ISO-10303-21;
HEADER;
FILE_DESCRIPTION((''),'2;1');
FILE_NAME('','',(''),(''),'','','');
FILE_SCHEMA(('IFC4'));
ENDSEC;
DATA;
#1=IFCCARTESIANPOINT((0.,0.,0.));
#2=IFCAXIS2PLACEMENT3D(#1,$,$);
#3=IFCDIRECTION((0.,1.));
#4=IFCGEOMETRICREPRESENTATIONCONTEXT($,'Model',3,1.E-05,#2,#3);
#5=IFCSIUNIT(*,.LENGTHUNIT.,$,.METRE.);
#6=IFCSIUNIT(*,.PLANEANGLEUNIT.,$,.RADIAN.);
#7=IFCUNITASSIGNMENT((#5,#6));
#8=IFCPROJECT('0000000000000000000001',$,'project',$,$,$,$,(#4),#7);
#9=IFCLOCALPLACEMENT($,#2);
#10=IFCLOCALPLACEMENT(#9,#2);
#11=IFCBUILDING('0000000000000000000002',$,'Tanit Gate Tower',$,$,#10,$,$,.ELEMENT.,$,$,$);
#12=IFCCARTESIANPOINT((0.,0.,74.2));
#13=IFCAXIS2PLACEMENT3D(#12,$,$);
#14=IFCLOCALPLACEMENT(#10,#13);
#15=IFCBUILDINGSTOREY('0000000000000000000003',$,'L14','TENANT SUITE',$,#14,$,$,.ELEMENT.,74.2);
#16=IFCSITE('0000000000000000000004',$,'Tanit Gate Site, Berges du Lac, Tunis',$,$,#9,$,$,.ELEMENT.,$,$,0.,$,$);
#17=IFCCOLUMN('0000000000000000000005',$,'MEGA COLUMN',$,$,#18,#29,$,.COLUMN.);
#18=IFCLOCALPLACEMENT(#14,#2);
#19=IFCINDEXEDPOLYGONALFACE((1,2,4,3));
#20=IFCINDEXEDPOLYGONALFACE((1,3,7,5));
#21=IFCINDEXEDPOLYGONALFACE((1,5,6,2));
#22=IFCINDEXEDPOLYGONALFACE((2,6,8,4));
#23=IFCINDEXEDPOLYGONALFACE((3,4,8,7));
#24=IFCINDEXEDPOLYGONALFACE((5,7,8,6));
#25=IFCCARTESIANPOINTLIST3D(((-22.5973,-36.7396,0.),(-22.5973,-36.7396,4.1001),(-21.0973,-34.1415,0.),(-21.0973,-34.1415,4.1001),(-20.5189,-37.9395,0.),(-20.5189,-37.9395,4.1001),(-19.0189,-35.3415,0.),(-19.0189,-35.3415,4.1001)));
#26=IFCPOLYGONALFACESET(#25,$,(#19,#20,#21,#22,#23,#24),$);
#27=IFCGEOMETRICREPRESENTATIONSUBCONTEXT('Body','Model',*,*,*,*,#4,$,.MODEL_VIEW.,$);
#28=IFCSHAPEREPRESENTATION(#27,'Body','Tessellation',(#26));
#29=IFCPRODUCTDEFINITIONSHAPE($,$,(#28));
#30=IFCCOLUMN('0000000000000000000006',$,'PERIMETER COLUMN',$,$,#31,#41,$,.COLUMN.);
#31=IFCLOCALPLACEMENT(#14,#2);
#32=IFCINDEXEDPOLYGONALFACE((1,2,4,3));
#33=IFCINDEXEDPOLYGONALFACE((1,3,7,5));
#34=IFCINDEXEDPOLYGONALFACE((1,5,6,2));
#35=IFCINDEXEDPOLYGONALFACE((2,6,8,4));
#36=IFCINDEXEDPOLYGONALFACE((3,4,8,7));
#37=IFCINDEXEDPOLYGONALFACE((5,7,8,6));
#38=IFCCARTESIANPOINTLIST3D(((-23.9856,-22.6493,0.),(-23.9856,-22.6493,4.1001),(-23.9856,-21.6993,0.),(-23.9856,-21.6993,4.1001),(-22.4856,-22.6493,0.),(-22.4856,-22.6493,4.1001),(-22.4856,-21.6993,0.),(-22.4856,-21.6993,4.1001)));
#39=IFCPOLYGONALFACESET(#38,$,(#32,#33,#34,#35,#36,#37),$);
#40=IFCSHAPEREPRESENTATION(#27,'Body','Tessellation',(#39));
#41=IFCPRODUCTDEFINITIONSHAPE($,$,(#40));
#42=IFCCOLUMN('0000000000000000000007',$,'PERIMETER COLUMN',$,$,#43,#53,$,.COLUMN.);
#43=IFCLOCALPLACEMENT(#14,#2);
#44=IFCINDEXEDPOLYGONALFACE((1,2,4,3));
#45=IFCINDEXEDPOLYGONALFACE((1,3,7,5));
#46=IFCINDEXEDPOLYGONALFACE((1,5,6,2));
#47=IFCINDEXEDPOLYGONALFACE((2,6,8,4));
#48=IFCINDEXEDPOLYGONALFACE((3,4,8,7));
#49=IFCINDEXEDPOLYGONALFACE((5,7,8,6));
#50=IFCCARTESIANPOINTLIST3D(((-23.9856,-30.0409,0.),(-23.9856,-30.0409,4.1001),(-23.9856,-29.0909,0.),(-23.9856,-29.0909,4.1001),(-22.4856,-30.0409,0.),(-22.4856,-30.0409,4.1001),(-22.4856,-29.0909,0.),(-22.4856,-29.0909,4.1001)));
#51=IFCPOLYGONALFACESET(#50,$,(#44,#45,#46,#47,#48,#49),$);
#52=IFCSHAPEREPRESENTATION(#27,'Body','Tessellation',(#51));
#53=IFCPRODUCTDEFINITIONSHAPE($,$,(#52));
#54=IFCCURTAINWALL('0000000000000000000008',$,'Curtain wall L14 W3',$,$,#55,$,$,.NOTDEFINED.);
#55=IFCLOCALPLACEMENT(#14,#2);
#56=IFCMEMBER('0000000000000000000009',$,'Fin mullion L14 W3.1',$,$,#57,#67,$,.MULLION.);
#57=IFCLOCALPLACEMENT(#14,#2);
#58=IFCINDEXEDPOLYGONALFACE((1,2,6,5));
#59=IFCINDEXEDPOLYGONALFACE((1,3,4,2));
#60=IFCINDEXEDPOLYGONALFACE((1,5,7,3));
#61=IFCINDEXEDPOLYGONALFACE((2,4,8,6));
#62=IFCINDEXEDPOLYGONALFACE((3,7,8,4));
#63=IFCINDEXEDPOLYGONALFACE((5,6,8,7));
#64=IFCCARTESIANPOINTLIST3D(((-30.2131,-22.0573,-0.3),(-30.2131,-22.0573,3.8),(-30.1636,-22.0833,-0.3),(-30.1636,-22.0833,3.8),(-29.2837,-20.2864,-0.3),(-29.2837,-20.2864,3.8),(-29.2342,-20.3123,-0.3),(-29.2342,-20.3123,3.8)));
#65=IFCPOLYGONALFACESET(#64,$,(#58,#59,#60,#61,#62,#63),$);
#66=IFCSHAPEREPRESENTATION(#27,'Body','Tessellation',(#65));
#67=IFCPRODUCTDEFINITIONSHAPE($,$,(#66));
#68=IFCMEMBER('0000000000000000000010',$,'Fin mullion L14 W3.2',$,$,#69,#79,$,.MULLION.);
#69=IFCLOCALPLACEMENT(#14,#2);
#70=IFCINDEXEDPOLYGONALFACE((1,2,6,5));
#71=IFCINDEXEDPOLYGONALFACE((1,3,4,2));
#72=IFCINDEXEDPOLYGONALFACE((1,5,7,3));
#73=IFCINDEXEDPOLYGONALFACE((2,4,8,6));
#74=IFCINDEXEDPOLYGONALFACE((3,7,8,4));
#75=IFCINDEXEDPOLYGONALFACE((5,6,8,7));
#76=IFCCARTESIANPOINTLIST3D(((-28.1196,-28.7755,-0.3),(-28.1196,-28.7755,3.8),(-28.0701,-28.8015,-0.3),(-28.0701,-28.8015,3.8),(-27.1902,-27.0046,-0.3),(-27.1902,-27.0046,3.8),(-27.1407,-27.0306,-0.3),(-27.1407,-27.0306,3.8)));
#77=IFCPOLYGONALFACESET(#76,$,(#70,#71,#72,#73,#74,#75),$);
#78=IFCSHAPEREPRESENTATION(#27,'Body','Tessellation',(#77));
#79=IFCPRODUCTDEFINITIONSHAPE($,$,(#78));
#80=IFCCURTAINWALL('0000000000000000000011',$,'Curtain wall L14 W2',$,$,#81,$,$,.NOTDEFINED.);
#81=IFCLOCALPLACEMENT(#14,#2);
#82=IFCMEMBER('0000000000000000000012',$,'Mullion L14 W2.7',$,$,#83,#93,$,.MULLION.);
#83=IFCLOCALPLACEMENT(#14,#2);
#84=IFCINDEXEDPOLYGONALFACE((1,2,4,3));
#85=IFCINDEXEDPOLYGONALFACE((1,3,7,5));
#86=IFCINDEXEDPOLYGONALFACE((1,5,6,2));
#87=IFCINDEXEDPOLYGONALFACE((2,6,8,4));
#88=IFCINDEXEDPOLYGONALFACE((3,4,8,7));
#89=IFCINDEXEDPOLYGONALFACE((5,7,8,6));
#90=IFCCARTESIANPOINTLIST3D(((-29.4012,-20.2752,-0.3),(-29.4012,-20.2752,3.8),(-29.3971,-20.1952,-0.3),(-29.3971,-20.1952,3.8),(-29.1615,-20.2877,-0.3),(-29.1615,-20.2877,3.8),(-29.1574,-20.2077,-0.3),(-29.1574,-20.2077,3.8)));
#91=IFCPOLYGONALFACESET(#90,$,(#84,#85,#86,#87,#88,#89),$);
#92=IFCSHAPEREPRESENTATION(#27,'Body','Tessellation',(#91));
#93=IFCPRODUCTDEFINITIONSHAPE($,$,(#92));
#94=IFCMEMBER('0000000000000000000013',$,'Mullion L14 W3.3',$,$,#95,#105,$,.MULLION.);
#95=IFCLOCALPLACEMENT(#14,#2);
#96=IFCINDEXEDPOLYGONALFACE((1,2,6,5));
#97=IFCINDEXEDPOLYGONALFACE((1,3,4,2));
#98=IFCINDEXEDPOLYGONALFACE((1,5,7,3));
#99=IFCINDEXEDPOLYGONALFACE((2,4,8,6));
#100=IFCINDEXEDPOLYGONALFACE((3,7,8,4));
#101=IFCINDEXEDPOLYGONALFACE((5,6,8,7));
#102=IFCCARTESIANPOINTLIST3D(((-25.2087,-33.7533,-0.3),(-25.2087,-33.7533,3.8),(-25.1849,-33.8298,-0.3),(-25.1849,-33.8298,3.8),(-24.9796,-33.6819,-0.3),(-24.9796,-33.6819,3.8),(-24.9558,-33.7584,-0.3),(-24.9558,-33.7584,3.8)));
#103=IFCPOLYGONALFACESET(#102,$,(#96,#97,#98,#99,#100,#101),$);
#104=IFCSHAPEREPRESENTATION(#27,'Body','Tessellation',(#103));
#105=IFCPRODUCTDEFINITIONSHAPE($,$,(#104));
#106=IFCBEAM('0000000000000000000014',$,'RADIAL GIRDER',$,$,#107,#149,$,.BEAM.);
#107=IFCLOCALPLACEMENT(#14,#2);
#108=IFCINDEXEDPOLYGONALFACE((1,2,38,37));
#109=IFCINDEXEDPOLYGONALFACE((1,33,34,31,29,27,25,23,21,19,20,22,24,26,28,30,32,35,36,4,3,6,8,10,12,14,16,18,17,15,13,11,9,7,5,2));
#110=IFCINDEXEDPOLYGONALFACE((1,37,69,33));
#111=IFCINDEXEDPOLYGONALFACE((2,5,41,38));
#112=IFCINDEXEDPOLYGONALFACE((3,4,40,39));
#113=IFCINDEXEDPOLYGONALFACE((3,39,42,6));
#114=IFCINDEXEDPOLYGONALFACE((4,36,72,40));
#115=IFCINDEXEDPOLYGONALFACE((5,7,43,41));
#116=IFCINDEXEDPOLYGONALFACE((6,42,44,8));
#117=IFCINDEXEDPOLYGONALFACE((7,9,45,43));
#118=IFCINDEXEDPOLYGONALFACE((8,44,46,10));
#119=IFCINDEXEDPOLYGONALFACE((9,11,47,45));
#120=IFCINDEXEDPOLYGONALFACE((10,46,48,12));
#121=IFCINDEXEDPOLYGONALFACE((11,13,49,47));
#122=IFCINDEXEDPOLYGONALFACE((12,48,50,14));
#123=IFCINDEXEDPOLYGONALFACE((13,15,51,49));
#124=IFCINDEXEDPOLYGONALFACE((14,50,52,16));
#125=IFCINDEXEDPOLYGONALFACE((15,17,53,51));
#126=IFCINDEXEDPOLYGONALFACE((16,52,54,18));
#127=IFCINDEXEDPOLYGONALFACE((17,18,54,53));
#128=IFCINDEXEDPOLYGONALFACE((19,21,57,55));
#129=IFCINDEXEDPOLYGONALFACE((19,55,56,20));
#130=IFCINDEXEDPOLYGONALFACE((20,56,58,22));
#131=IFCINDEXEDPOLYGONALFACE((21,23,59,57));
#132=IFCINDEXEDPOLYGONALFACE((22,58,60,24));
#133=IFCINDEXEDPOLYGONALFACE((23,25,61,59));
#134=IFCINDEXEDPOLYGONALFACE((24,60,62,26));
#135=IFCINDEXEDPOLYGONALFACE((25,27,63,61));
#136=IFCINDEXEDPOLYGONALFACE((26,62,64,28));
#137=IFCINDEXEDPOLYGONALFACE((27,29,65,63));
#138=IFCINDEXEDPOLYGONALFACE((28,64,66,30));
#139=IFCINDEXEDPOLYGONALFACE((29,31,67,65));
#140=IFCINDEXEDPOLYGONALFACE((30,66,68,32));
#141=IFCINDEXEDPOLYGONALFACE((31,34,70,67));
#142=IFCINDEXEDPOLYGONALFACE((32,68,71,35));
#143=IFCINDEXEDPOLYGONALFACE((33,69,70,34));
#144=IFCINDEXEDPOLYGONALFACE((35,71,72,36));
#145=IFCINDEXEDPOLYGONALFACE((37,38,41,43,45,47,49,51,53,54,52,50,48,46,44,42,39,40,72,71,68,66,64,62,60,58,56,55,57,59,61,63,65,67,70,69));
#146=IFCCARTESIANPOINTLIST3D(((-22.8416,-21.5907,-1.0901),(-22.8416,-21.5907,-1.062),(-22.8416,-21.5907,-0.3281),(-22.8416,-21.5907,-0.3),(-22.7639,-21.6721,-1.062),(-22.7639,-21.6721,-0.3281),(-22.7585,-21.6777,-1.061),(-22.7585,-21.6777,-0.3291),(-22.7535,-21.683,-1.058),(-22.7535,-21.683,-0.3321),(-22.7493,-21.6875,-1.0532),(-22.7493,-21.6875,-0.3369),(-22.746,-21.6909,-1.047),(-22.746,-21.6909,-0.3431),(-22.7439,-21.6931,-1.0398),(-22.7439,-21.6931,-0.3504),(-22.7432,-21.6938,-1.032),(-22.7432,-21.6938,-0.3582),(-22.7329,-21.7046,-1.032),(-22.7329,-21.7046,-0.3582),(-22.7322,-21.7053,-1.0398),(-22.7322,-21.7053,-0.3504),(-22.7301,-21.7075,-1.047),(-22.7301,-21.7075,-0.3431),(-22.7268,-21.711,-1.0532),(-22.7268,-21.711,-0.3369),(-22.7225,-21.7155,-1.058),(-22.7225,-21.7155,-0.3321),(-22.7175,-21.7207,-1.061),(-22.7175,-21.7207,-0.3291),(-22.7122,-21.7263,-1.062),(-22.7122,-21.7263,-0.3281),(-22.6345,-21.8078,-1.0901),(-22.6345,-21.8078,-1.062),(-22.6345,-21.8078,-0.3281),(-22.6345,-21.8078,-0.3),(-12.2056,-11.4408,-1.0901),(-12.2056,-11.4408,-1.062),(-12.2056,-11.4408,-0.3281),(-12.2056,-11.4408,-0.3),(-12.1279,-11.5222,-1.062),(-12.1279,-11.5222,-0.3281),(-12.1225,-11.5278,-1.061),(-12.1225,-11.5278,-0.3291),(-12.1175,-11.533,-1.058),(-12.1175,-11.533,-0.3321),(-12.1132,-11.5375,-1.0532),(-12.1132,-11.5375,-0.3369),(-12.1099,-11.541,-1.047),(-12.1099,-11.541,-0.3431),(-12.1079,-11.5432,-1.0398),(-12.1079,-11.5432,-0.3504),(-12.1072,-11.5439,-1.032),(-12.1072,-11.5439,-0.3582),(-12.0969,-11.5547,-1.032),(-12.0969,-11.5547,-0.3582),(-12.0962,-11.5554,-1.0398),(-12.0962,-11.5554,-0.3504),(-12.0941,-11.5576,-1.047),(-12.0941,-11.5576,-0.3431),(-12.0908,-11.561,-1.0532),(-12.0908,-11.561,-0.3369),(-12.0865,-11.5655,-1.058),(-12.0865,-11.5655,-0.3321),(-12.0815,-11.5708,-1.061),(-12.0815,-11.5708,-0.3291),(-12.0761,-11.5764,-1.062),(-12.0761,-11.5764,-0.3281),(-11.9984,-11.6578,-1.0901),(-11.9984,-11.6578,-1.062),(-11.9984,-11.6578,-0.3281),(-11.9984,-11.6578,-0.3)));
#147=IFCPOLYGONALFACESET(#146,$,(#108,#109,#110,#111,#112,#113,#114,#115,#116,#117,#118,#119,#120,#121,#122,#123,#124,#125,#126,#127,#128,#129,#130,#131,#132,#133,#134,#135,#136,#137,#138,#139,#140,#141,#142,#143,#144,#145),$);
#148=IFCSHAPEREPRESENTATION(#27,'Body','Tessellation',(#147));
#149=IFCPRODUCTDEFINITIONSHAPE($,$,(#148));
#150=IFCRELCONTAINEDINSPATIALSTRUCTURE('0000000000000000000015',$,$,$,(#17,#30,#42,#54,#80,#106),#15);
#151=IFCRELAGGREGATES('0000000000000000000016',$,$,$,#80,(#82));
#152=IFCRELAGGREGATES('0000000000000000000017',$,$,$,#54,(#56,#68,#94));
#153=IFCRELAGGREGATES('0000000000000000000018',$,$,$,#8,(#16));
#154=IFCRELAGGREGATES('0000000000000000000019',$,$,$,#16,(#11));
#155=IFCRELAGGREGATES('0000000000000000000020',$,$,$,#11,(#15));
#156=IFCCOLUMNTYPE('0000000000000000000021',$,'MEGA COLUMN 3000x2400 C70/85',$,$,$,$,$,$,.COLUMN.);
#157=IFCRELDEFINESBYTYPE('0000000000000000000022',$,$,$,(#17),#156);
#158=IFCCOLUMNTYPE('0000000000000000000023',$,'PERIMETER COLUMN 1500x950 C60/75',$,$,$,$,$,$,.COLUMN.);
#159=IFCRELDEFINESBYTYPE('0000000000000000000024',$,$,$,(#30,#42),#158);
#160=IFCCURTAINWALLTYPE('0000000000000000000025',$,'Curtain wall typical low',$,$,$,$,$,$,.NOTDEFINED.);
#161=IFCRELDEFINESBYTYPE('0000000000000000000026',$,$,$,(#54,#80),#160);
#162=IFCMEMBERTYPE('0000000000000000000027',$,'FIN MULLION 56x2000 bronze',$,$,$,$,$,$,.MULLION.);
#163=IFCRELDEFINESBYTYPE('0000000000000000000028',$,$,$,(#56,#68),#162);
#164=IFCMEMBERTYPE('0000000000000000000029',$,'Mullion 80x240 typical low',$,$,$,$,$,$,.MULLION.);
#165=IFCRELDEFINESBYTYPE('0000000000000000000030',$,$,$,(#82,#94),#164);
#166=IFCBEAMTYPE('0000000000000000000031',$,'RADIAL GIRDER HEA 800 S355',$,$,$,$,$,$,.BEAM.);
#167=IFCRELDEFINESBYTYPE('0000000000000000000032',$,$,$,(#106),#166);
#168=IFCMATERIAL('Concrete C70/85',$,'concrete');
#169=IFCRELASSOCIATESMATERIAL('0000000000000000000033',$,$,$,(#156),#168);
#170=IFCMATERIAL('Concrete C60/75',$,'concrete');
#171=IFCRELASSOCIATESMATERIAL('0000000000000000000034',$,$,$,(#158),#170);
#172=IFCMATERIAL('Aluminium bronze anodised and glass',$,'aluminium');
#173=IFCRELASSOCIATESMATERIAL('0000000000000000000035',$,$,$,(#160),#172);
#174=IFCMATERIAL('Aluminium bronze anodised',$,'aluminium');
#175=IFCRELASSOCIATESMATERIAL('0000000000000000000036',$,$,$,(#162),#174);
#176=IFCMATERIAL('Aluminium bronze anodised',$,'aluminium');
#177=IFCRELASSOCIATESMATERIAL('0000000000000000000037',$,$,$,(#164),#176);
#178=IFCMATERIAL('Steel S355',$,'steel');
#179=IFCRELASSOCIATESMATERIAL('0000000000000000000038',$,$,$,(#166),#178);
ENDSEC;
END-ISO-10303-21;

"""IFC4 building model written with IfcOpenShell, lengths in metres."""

from ifc_helpers import new_model, si_unit, direction, frame, origin, origin_2d, place, context, subcontext, project, spatial, rectangle, i_section, extrude, material, material_profile, profile_set, type_object, element, aggregate, save


model = new_model("IFC4")

# Units and contexts
model_context = context("Model", 3, precision=1e-05, world=origin(), true_north=direction((0.0, 1.0)))
body_context = subcontext(model_context, "Body", "Model", "MODEL_VIEW")
ifc_project = project(units=[si_unit("LENGTHUNIT", "METRE"), si_unit("PLANEANGLEUNIT", "RADIAN")], contexts=[model_context])

# Site, building, storey
site_placement = place(None, origin())
site = spatial("IfcSite", under=ifc_project, at=site_placement, Name="Tanit Gate Site, Berges du Lac, Tunis", CompositionType="ELEMENT", RefElevation=0.0)
building_placement = place(site_placement, origin())
building = spatial("IfcBuilding", under=site, at=building_placement, Name="Tanit Gate Tower", CompositionType="ELEMENT")
storey_placement = place(building_placement, frame((0.0, 0.0, 74.2)))
storey = spatial("IfcBuildingStorey", under=building, at=storey_placement, Name="L14", Description="TENANT SUITE", CompositionType="ELEMENT", Elevation=74.2)

# Columns
ifc_material_1 = material(Name="Concrete C70/85", Category="concrete")
ifc_material_profile_1 = material_profile(ifc_material_1, rectangle(XDim=3.0, YDim=2.3999, at=origin_2d()), Name="RC 3000x2400")
ifc_profile_set_1 = profile_set([ifc_material_profile_1], Name="Concrete C70/85")
column_type_1 = type_object("IfcColumnType", Name="MEGA COLUMN 3000x2400 C70/85", PredefinedType="COLUMN", material=ifc_profile_set_1)
column_placement = place(storey_placement, frame((-20.8081, -36.0405, 0.0), z_axis=(0.0, 0.0, 1.0), x_axis=(-0.5, -0.866025, 0.0)))
element("IfcColumn", 1, at=column_placement, inside=storey, type_object=column_type_1, Name="MEGA COLUMN", PredefinedType="COLUMN", context=body_context, shape_type="SweptSolid", body=[
    extrude(rectangle(XDim=3.0, YDim=2.3999, at=origin_2d()), origin(), (0.0, 0.0, 1.0), 4.1001),
])
ifc_material_2 = material(Name="Concrete C60/75", Category="concrete")
ifc_material_profile_2 = material_profile(ifc_material_2, rectangle(XDim=1.5, YDim=0.95, at=origin_2d()), Name="RC 1500x950")
ifc_profile_set_2 = profile_set([ifc_material_profile_2], Name="Concrete C60/75")
column_type_2 = type_object("IfcColumnType", Name="PERIMETER COLUMN 1500x950 C60/75", PredefinedType="COLUMN", material=ifc_profile_set_2)
for number, where, z_axis, x_axis, name in (
    (2, (-23.2356, -22.1743, 0.0), (0.0, 0.0, 1.0), (-1.0, 0.0, 0.0), "PERIMETER COLUMN"),
    (3, (-23.2356, -29.5659, 0.0), (0.0, 0.0, 1.0), (-1.0, 0.0, 0.0), "PERIMETER COLUMN"),
):
    element("IfcColumn", number, at=place(storey_placement, frame(where, z_axis=z_axis, x_axis=x_axis)), inside=storey, type_object=column_type_2, Name=name, PredefinedType="COLUMN", context=body_context, shape_type="SweptSolid", body=[
        extrude(rectangle(XDim=1.5, YDim=0.95, at=origin_2d()), origin(), (0.0, 0.0, 1.0), 4.1001),
    ])

# Curtain wall, members
ifc_material_3 = material(Name="Aluminium bronze anodised and glass", Category="aluminium")
curtain_wall_type = type_object("IfcCurtainWallType", Name="Curtain wall typical low", PredefinedType="NOTDEFINED", material=ifc_material_3)
curtain_wall_1_placement = place(storey_placement, origin())
curtain_wall_1 = element("IfcCurtainWall", 4, at=curtain_wall_1_placement, inside=storey, type_object=curtain_wall_type, Name="Curtain wall L14 W3", PredefinedType="NOTDEFINED")
ifc_material_4 = material(Name="Aluminium bronze anodised", Category="aluminium")
ifc_material_profile_3 = material_profile(ifc_material_4, rectangle(XDim=2.0, YDim=0.0559, at=origin_2d()), Name="56x2000 bronze fin mullion")
ifc_profile_set_3 = profile_set([ifc_material_profile_3], Name="Aluminium bronze anodised")
member_type_1 = type_object("IfcMemberType", Name="FIN MULLION 56x2000 bronze", PredefinedType="MULLION", material=ifc_profile_set_3)
member_1_placement = place(storey_placement, frame((-29.7236, -21.1848, -0.3), z_axis=(0.0, 0.0, 1.0), x_axis=(0.464714, 0.885461, 0.0)))
member_1 = element("IfcMember", 5, at=member_1_placement, type_object=member_type_1, Name="Fin mullion L14 W3.1", PredefinedType="MULLION", context=body_context, shape_type="SweptSolid", body=[
    extrude(rectangle(XDim=2.0, YDim=0.0559, at=origin_2d()), origin(), (0.0, 0.0, 1.0), 4.1001),
])
member_2_placement = place(storey_placement, frame((-27.6301, -27.9031, -0.3), z_axis=(0.0, 0.0, 1.0), x_axis=(0.464714, 0.885461, 0.0)))
member_2 = element("IfcMember", 6, at=member_2_placement, type_object=member_type_1, Name="Fin mullion L14 W3.2", PredefinedType="MULLION", context=body_context, shape_type="SweptSolid", body=[
    extrude(rectangle(XDim=2.0, YDim=0.0559, at=origin_2d()), origin(), (0.0, 0.0, 1.0), 4.1001),
])

# Curtain wall, member
curtain_wall_2_placement = place(storey_placement, origin())
curtain_wall_2 = element("IfcCurtainWall", 7, at=curtain_wall_2_placement, inside=storey, type_object=curtain_wall_type, Name="Curtain wall L14 W2", PredefinedType="NOTDEFINED")
ifc_material_5 = material(Name="Aluminium bronze anodised", Category="aluminium")
ifc_material_profile_4 = material_profile(ifc_material_5, rectangle(XDim=0.24, YDim=0.0801, at=origin_2d()), Name="80x240 bronze mullion")
ifc_profile_set_4 = profile_set([ifc_material_profile_4], Name="Aluminium bronze anodised")
member_type_2 = type_object("IfcMemberType", Name="Mullion 80x240 typical low", PredefinedType="MULLION", material=ifc_profile_set_4)
member_3_placement = place(storey_placement, frame((-29.2793, -20.2415, -0.3), z_axis=(0.0, 0.0, 1.0), x_axis=(0.998654, -0.051865, 0.0)))
member_3 = element("IfcMember", 8, at=member_3_placement, type_object=member_type_2, Name="Mullion L14 W2.7", PredefinedType="MULLION", context=body_context, shape_type="SweptSolid", body=[
    extrude(rectangle(XDim=0.24, YDim=0.0801, at=origin_2d()), origin(), (0.0, 0.0, 1.0), 4.1001),
])
aggregate(curtain_wall_2, [member_3])

# Member
member_4_placement = place(storey_placement, frame((-25.0823, -33.7559, -0.3), z_axis=(0.0, 0.0, 1.0), x_axis=(0.954718, 0.297513, 0.0)))
member_4 = element("IfcMember", 9, at=member_4_placement, type_object=member_type_2, Name="Mullion L14 W3.3", PredefinedType="MULLION", context=body_context, shape_type="SweptSolid", body=[
    extrude(rectangle(XDim=0.24, YDim=0.0801, at=origin_2d()), origin(), (0.0, 0.0, 1.0), 4.1001),
])

# Beam
ifc_material_6 = material(Name="Steel S355", Category="steel")
ifc_material_profile_5 = material_profile(ifc_material_6, i_section(OverallWidth=0.3, OverallDepth=0.79, WebThickness=0.0149, FlangeThickness=0.0281, FilletRadius=0.03, at=origin_2d()), Name="HEA 800")
ifc_profile_set_5 = profile_set([ifc_material_profile_5], Name="Steel S355")
beam_type_1 = type_object("IfcBeamType", Name="RADIAL GIRDER HEA 800 S355", PredefinedType="BEAM", material=ifc_profile_set_5)
beam_1_placement = place(storey_placement, frame((-22.738, -21.6992, -0.6951), z_axis=(0.723445, 0.690382, 0.0), x_axis=(-0.690382, 0.723445, 0.0)))
element("IfcBeam", 10, at=beam_1_placement, inside=storey, type_object=beam_type_1, Name="RADIAL GIRDER", PredefinedType="BEAM", context=body_context, shape_type="SweptSolid", body=[
    extrude(i_section(OverallWidth=0.3, OverallDepth=0.79, WebThickness=0.0149, FlangeThickness=0.0281, FilletRadius=0.03, at=origin_2d()), origin(), (0.0, 0.0, 1.0), 14.7019),
])

aggregate(curtain_wall_1, [member_1, member_2, member_4])

save(model, "model.ifc")
